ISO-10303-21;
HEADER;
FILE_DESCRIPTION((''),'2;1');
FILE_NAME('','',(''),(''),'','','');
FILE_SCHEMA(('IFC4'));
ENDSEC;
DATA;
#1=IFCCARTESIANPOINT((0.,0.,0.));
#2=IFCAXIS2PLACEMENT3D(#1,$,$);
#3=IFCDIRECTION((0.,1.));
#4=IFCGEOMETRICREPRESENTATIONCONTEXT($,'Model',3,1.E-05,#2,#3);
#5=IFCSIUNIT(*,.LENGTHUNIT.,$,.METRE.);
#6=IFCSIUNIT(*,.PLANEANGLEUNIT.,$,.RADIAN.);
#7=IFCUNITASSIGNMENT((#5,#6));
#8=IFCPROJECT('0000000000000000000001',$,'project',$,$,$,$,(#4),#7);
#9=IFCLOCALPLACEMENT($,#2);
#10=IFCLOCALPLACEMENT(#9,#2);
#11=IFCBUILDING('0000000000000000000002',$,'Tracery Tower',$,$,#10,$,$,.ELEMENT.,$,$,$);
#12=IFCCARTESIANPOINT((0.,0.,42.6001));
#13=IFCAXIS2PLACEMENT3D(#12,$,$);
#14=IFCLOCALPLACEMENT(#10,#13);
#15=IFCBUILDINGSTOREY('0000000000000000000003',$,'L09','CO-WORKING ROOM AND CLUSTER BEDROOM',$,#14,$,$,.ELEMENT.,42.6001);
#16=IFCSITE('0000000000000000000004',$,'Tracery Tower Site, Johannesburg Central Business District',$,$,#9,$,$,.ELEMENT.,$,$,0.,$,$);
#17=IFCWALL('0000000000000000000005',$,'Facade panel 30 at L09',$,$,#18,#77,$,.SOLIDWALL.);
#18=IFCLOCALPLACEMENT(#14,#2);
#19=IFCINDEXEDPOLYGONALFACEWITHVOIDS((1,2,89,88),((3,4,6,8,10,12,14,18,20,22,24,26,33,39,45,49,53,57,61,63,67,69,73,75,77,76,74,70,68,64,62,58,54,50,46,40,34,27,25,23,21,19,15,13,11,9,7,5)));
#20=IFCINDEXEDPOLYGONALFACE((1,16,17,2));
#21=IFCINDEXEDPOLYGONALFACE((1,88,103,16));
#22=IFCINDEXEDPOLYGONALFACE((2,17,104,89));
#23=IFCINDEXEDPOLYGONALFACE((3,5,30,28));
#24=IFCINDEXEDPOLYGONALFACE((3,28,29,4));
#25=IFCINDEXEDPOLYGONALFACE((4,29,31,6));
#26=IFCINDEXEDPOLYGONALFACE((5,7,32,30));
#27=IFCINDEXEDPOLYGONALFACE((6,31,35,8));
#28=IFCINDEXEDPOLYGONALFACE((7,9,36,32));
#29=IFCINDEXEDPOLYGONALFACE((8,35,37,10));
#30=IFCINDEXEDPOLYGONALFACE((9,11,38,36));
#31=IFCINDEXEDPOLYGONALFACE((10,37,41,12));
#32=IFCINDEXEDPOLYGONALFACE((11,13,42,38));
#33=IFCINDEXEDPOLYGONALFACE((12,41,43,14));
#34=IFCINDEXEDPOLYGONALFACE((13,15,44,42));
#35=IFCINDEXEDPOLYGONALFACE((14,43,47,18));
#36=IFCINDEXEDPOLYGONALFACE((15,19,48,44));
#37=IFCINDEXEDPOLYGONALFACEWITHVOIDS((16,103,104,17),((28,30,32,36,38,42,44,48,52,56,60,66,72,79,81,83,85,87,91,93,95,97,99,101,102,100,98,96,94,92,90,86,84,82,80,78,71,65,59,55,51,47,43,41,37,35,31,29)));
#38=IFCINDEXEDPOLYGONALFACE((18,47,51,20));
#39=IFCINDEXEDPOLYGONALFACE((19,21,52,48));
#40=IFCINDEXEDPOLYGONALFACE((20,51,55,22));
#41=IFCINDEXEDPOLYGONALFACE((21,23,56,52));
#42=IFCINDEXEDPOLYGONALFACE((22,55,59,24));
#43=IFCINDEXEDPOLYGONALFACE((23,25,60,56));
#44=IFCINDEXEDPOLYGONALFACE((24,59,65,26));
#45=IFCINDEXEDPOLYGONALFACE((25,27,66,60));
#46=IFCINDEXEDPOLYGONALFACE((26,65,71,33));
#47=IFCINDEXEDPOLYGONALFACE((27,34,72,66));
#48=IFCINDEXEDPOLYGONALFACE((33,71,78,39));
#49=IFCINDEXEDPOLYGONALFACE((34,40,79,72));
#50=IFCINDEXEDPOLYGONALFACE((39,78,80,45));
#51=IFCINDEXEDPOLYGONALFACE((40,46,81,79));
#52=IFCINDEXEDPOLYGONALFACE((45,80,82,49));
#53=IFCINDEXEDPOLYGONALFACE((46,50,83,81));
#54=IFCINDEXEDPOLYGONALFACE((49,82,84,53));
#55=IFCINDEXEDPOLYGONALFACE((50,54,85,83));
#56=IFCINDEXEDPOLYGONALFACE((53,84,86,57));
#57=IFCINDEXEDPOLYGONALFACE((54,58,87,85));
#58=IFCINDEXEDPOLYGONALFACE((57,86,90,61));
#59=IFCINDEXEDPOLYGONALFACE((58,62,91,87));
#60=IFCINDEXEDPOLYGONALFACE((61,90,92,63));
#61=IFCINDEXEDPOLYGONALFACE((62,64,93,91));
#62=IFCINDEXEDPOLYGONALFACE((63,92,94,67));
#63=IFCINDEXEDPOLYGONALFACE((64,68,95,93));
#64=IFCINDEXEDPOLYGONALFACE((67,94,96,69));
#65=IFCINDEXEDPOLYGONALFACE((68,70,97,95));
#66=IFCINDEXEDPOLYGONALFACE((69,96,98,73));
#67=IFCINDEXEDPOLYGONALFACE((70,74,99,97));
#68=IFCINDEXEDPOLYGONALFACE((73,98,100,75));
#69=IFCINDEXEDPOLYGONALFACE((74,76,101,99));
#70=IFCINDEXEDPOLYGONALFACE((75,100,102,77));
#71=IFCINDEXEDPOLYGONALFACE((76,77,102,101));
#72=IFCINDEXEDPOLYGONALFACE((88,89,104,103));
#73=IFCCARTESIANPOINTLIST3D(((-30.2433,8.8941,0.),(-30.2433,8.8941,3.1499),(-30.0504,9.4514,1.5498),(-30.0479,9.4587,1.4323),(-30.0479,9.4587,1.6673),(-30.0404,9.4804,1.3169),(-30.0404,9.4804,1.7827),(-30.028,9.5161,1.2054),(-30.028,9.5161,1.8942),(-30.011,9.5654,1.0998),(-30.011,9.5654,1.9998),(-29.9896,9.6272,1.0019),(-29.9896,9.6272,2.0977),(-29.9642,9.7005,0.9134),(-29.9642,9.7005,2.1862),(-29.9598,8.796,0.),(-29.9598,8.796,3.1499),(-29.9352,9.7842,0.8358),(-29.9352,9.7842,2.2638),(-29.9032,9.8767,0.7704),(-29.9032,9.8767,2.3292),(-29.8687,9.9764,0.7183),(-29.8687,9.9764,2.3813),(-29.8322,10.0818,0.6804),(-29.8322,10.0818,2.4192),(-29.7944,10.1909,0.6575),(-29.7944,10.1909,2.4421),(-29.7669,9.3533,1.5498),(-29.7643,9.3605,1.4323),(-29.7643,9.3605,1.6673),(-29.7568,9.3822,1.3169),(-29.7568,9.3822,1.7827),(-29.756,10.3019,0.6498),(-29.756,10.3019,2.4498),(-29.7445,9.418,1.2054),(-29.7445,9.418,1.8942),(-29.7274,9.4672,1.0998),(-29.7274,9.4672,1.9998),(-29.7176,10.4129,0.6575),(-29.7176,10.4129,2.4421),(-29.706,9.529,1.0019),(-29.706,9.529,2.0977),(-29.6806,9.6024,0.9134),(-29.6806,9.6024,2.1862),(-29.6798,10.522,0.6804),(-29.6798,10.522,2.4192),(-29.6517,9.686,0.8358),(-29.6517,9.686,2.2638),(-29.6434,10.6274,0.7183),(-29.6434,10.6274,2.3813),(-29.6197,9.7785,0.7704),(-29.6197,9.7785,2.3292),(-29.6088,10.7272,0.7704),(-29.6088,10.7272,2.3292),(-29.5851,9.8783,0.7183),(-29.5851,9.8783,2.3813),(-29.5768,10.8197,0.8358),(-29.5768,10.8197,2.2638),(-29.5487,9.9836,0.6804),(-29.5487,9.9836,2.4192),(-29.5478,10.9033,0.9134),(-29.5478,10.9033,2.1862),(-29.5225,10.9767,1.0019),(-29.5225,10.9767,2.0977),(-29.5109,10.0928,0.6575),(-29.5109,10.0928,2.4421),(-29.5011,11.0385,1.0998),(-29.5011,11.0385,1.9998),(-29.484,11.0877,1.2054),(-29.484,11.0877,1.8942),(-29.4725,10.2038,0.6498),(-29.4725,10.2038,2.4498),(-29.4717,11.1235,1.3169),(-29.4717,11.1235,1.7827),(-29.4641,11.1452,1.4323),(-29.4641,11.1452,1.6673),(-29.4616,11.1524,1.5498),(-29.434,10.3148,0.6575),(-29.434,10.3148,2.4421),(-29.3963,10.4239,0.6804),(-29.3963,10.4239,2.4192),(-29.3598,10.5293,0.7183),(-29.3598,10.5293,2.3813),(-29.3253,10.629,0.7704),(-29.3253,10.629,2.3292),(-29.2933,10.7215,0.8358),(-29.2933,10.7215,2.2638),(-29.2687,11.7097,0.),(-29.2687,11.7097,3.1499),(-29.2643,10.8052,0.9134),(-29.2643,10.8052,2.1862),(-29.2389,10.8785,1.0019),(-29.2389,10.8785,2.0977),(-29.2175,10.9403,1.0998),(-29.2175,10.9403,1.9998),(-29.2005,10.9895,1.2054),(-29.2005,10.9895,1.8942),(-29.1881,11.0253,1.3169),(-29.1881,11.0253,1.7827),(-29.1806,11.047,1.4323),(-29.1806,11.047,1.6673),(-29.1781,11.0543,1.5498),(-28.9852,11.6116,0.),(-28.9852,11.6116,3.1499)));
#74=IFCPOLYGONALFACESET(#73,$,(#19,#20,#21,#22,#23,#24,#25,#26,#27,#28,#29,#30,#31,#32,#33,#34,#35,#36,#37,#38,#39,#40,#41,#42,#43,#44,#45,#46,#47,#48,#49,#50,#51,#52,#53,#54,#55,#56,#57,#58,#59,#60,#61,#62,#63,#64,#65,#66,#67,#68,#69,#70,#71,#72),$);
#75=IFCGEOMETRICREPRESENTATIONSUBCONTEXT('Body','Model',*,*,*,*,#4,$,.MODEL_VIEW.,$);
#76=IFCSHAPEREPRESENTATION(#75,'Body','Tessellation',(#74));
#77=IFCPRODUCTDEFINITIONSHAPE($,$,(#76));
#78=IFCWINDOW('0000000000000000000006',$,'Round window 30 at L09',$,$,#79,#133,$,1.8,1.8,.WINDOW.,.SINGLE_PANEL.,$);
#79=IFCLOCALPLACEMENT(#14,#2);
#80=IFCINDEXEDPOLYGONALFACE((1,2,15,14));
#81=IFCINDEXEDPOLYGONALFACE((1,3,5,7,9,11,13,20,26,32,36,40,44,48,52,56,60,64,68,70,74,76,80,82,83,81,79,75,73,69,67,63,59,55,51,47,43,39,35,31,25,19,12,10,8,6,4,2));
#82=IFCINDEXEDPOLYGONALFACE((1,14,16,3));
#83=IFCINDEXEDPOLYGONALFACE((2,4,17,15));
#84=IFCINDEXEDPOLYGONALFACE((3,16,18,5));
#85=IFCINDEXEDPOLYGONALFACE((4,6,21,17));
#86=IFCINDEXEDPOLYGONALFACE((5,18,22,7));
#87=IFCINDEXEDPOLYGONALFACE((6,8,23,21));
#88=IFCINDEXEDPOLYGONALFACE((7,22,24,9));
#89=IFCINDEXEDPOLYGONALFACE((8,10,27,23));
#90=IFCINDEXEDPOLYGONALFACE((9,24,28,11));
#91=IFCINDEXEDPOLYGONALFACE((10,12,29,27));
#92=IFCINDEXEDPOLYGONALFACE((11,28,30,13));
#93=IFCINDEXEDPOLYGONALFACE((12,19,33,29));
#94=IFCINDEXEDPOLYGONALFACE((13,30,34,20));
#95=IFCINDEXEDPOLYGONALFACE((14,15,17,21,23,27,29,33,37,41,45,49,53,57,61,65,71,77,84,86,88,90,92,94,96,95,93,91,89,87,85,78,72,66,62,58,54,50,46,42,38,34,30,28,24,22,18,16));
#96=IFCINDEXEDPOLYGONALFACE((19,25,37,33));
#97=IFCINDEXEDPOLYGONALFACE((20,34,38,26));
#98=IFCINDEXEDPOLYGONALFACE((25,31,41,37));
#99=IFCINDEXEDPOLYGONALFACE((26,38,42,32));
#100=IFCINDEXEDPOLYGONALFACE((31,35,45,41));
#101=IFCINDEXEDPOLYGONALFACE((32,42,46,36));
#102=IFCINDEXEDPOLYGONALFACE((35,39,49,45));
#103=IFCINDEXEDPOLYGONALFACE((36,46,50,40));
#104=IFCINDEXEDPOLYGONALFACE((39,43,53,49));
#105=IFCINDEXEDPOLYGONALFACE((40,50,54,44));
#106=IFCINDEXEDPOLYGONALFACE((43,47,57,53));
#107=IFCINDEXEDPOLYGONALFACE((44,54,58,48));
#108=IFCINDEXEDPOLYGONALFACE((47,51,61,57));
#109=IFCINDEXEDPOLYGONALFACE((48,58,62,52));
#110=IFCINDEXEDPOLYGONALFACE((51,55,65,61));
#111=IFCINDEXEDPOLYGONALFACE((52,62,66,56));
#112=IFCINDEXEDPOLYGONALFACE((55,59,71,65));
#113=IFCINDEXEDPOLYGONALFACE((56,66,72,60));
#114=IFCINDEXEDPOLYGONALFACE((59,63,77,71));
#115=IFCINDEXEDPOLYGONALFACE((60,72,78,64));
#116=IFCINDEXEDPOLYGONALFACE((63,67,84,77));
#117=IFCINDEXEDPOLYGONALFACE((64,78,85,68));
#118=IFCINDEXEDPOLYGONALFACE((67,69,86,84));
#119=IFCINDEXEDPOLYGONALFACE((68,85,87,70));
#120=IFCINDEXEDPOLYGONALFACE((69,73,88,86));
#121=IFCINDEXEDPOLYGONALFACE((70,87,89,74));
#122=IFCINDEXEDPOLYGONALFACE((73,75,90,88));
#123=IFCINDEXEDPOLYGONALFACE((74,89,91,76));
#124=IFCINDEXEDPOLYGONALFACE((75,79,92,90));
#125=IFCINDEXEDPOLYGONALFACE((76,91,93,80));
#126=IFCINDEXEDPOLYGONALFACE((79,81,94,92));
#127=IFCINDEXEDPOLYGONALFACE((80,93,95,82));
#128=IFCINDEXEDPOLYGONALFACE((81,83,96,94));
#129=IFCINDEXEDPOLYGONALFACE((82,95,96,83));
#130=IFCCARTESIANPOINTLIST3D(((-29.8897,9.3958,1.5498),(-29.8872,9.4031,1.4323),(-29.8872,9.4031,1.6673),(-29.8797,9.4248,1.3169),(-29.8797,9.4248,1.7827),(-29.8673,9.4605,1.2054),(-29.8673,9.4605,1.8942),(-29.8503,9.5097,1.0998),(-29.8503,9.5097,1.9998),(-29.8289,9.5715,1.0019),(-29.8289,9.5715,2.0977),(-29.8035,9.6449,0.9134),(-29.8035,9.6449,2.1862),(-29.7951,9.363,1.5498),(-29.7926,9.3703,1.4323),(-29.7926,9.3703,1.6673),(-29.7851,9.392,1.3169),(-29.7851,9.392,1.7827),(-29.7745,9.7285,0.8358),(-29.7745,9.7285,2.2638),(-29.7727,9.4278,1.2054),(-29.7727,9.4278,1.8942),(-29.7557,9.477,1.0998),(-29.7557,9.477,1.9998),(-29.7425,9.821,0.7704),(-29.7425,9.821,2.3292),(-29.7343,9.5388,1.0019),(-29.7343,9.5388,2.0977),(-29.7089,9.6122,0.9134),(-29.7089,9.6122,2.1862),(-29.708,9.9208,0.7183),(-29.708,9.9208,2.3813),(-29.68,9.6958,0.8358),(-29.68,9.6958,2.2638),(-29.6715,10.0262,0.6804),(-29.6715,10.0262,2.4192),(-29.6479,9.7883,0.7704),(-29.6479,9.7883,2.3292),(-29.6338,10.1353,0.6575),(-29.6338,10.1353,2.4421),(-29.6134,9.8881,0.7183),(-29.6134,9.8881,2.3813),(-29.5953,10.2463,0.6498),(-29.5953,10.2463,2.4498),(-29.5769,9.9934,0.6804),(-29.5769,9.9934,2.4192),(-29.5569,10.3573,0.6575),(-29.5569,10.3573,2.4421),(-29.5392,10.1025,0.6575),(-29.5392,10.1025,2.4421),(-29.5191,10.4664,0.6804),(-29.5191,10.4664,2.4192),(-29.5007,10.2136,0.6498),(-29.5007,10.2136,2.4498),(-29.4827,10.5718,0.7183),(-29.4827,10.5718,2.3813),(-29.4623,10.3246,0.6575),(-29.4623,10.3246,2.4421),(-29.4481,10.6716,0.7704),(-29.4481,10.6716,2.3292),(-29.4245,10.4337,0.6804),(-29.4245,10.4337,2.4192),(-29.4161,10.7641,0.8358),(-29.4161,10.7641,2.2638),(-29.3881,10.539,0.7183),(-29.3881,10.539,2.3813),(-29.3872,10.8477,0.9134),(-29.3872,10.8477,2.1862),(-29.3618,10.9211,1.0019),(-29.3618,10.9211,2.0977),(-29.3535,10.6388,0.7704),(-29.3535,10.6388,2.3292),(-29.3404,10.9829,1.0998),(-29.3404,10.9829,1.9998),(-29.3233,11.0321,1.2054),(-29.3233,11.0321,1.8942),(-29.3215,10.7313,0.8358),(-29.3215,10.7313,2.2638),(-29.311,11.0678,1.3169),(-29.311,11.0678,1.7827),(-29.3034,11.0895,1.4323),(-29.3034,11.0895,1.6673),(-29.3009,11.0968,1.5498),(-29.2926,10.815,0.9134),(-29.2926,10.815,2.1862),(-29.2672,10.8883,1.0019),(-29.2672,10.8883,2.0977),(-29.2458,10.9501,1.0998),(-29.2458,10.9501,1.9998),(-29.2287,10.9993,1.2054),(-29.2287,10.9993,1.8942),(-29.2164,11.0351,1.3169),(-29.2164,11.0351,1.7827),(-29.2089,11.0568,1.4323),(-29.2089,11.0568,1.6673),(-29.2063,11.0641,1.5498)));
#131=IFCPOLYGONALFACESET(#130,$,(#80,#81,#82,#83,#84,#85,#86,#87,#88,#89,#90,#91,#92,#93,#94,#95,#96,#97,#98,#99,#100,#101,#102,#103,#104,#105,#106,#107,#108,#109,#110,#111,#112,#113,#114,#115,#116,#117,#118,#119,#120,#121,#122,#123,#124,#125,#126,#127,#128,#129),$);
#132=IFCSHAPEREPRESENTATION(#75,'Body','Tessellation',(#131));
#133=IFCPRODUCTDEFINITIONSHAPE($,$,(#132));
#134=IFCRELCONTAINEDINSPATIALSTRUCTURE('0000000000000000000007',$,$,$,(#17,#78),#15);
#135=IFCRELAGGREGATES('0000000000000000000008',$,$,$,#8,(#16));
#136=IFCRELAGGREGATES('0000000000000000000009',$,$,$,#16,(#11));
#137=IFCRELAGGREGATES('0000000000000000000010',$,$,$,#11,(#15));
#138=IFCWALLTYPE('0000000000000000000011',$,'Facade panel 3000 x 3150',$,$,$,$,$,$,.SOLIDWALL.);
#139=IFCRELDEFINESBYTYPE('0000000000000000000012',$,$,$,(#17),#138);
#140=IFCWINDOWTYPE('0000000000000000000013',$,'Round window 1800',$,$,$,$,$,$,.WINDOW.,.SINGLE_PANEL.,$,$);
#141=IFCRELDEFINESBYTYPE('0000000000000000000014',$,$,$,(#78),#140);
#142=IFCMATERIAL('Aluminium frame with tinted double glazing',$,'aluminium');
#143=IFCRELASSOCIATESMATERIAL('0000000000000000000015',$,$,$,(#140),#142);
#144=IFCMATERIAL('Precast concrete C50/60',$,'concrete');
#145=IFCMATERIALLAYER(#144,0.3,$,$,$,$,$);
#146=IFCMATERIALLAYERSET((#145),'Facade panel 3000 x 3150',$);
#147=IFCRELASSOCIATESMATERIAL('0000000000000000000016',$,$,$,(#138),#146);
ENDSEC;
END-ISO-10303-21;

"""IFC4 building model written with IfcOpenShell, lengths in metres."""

from ifc_helpers import new_model, si_unit, direction, frame, frame_2d, origin, origin_2d, place, context, subcontext, project, spatial, rectangle, circle, extrude, material, layer, layer_set, type_object, element, fill, save


model = new_model("IFC4")

# Units and contexts
model_context = context("Model", 3, precision=1e-05, world=origin(), true_north=direction((0.0, 1.0)))
body_context = subcontext(model_context, "Body", "Model", "MODEL_VIEW")
ifc_project = project(units=[si_unit("LENGTHUNIT", "METRE"), si_unit("PLANEANGLEUNIT", "RADIAN")], contexts=[model_context])

# Site, building, storey
site_placement = place(None, origin())
site = spatial("IfcSite", under=ifc_project, at=site_placement, Name="Tracery Tower Site, Johannesburg Central Business District", CompositionType="ELEMENT", RefElevation=0.0)
building_placement = place(site_placement, origin())
building = spatial("IfcBuilding", under=site, at=building_placement, Name="Tracery Tower", CompositionType="ELEMENT")
storey_placement = place(building_placement, frame((0.0, 0.0, 42.6001)))
storey = spatial("IfcBuildingStorey", under=building, at=storey_placement, Name="L09", Description="CO-WORKING ROOM AND CLUSTER BEDROOM", CompositionType="ELEMENT", Elevation=42.6001)

# Wall, opening, window
ifc_material_1 = material(Name="Aluminium frame with tinted double glazing", Category="aluminium")
window_type = type_object("IfcWindowType", Name="Round window 1800", PartitioningType="SINGLE_PANEL", PredefinedType="WINDOW", material=ifc_material_1)
ifc_material_2 = material(Name="Precast concrete C50/60", Category="concrete")
ifc_layer_1 = layer(ifc_material_2, 0.3)
ifc_layer_set_1 = layer_set([ifc_layer_1], Name="Facade panel 3000 x 3150")
wall_type_1 = type_object("IfcWallType", Name="Facade panel 3000 x 3150", PredefinedType="SOLIDWALL", material=ifc_layer_set_1)
wall_1_placement = place(storey_placement, frame((-29.127, 11.6606, 0.0), z_axis=(0.0, 0.0, 1.0), x_axis=(-0.327096, -0.944991, 0.0)))
wall_1 = element("IfcWall", 1, at=wall_1_placement, inside=storey, type_object=wall_type_1, Name="Facade panel 30 at L09", PredefinedType="SOLIDWALL", context=body_context, shape_type="SweptSolid", body=[
    extrude(rectangle(XDim=2.9795, YDim=0.3, at=frame_2d((1.4897, 0.0))), origin(), (0.0, 0.0, 1.0), 3.1499),
])
opening_1_placement = place(wall_1_placement, frame((1.4897, 0.0, 1.5498)))
opening_1 = element("IfcOpeningElement", 2, at=opening_1_placement, cuts=wall_1, PredefinedType="OPENING", context=body_context, shape_type="SweptSolid", body=[
    extrude(circle(Radius=0.9, at=origin_2d()), frame((0.0, 0.1599, 0.0), z_axis=(0.0, -1.0, 0.0), x_axis=(1.0, 0.0, 0.0)), (0.0, 0.0, 1.0), 0.3201),
])
window_1_placement = place(opening_1_placement, origin())
window_1 = element("IfcWindow", 3, at=window_1_placement, inside=storey, type_object=window_type, Name="Round window 30 at L09", OverallHeight=1.8, OverallWidth=1.8, PartitioningType="SINGLE_PANEL", PredefinedType="WINDOW", context=body_context, shape_type="SweptSolid", body=[
    extrude(circle(Radius=0.9, at=origin_2d()), frame((0.0, 0.1201, 0.0), z_axis=(0.0, -1.0, 0.0), x_axis=(1.0, 0.0, 0.0)), (0.0, 0.0, 1.0), 0.1001),
])
fill(opening_1, window_1)

save(model, "model.ifc")
